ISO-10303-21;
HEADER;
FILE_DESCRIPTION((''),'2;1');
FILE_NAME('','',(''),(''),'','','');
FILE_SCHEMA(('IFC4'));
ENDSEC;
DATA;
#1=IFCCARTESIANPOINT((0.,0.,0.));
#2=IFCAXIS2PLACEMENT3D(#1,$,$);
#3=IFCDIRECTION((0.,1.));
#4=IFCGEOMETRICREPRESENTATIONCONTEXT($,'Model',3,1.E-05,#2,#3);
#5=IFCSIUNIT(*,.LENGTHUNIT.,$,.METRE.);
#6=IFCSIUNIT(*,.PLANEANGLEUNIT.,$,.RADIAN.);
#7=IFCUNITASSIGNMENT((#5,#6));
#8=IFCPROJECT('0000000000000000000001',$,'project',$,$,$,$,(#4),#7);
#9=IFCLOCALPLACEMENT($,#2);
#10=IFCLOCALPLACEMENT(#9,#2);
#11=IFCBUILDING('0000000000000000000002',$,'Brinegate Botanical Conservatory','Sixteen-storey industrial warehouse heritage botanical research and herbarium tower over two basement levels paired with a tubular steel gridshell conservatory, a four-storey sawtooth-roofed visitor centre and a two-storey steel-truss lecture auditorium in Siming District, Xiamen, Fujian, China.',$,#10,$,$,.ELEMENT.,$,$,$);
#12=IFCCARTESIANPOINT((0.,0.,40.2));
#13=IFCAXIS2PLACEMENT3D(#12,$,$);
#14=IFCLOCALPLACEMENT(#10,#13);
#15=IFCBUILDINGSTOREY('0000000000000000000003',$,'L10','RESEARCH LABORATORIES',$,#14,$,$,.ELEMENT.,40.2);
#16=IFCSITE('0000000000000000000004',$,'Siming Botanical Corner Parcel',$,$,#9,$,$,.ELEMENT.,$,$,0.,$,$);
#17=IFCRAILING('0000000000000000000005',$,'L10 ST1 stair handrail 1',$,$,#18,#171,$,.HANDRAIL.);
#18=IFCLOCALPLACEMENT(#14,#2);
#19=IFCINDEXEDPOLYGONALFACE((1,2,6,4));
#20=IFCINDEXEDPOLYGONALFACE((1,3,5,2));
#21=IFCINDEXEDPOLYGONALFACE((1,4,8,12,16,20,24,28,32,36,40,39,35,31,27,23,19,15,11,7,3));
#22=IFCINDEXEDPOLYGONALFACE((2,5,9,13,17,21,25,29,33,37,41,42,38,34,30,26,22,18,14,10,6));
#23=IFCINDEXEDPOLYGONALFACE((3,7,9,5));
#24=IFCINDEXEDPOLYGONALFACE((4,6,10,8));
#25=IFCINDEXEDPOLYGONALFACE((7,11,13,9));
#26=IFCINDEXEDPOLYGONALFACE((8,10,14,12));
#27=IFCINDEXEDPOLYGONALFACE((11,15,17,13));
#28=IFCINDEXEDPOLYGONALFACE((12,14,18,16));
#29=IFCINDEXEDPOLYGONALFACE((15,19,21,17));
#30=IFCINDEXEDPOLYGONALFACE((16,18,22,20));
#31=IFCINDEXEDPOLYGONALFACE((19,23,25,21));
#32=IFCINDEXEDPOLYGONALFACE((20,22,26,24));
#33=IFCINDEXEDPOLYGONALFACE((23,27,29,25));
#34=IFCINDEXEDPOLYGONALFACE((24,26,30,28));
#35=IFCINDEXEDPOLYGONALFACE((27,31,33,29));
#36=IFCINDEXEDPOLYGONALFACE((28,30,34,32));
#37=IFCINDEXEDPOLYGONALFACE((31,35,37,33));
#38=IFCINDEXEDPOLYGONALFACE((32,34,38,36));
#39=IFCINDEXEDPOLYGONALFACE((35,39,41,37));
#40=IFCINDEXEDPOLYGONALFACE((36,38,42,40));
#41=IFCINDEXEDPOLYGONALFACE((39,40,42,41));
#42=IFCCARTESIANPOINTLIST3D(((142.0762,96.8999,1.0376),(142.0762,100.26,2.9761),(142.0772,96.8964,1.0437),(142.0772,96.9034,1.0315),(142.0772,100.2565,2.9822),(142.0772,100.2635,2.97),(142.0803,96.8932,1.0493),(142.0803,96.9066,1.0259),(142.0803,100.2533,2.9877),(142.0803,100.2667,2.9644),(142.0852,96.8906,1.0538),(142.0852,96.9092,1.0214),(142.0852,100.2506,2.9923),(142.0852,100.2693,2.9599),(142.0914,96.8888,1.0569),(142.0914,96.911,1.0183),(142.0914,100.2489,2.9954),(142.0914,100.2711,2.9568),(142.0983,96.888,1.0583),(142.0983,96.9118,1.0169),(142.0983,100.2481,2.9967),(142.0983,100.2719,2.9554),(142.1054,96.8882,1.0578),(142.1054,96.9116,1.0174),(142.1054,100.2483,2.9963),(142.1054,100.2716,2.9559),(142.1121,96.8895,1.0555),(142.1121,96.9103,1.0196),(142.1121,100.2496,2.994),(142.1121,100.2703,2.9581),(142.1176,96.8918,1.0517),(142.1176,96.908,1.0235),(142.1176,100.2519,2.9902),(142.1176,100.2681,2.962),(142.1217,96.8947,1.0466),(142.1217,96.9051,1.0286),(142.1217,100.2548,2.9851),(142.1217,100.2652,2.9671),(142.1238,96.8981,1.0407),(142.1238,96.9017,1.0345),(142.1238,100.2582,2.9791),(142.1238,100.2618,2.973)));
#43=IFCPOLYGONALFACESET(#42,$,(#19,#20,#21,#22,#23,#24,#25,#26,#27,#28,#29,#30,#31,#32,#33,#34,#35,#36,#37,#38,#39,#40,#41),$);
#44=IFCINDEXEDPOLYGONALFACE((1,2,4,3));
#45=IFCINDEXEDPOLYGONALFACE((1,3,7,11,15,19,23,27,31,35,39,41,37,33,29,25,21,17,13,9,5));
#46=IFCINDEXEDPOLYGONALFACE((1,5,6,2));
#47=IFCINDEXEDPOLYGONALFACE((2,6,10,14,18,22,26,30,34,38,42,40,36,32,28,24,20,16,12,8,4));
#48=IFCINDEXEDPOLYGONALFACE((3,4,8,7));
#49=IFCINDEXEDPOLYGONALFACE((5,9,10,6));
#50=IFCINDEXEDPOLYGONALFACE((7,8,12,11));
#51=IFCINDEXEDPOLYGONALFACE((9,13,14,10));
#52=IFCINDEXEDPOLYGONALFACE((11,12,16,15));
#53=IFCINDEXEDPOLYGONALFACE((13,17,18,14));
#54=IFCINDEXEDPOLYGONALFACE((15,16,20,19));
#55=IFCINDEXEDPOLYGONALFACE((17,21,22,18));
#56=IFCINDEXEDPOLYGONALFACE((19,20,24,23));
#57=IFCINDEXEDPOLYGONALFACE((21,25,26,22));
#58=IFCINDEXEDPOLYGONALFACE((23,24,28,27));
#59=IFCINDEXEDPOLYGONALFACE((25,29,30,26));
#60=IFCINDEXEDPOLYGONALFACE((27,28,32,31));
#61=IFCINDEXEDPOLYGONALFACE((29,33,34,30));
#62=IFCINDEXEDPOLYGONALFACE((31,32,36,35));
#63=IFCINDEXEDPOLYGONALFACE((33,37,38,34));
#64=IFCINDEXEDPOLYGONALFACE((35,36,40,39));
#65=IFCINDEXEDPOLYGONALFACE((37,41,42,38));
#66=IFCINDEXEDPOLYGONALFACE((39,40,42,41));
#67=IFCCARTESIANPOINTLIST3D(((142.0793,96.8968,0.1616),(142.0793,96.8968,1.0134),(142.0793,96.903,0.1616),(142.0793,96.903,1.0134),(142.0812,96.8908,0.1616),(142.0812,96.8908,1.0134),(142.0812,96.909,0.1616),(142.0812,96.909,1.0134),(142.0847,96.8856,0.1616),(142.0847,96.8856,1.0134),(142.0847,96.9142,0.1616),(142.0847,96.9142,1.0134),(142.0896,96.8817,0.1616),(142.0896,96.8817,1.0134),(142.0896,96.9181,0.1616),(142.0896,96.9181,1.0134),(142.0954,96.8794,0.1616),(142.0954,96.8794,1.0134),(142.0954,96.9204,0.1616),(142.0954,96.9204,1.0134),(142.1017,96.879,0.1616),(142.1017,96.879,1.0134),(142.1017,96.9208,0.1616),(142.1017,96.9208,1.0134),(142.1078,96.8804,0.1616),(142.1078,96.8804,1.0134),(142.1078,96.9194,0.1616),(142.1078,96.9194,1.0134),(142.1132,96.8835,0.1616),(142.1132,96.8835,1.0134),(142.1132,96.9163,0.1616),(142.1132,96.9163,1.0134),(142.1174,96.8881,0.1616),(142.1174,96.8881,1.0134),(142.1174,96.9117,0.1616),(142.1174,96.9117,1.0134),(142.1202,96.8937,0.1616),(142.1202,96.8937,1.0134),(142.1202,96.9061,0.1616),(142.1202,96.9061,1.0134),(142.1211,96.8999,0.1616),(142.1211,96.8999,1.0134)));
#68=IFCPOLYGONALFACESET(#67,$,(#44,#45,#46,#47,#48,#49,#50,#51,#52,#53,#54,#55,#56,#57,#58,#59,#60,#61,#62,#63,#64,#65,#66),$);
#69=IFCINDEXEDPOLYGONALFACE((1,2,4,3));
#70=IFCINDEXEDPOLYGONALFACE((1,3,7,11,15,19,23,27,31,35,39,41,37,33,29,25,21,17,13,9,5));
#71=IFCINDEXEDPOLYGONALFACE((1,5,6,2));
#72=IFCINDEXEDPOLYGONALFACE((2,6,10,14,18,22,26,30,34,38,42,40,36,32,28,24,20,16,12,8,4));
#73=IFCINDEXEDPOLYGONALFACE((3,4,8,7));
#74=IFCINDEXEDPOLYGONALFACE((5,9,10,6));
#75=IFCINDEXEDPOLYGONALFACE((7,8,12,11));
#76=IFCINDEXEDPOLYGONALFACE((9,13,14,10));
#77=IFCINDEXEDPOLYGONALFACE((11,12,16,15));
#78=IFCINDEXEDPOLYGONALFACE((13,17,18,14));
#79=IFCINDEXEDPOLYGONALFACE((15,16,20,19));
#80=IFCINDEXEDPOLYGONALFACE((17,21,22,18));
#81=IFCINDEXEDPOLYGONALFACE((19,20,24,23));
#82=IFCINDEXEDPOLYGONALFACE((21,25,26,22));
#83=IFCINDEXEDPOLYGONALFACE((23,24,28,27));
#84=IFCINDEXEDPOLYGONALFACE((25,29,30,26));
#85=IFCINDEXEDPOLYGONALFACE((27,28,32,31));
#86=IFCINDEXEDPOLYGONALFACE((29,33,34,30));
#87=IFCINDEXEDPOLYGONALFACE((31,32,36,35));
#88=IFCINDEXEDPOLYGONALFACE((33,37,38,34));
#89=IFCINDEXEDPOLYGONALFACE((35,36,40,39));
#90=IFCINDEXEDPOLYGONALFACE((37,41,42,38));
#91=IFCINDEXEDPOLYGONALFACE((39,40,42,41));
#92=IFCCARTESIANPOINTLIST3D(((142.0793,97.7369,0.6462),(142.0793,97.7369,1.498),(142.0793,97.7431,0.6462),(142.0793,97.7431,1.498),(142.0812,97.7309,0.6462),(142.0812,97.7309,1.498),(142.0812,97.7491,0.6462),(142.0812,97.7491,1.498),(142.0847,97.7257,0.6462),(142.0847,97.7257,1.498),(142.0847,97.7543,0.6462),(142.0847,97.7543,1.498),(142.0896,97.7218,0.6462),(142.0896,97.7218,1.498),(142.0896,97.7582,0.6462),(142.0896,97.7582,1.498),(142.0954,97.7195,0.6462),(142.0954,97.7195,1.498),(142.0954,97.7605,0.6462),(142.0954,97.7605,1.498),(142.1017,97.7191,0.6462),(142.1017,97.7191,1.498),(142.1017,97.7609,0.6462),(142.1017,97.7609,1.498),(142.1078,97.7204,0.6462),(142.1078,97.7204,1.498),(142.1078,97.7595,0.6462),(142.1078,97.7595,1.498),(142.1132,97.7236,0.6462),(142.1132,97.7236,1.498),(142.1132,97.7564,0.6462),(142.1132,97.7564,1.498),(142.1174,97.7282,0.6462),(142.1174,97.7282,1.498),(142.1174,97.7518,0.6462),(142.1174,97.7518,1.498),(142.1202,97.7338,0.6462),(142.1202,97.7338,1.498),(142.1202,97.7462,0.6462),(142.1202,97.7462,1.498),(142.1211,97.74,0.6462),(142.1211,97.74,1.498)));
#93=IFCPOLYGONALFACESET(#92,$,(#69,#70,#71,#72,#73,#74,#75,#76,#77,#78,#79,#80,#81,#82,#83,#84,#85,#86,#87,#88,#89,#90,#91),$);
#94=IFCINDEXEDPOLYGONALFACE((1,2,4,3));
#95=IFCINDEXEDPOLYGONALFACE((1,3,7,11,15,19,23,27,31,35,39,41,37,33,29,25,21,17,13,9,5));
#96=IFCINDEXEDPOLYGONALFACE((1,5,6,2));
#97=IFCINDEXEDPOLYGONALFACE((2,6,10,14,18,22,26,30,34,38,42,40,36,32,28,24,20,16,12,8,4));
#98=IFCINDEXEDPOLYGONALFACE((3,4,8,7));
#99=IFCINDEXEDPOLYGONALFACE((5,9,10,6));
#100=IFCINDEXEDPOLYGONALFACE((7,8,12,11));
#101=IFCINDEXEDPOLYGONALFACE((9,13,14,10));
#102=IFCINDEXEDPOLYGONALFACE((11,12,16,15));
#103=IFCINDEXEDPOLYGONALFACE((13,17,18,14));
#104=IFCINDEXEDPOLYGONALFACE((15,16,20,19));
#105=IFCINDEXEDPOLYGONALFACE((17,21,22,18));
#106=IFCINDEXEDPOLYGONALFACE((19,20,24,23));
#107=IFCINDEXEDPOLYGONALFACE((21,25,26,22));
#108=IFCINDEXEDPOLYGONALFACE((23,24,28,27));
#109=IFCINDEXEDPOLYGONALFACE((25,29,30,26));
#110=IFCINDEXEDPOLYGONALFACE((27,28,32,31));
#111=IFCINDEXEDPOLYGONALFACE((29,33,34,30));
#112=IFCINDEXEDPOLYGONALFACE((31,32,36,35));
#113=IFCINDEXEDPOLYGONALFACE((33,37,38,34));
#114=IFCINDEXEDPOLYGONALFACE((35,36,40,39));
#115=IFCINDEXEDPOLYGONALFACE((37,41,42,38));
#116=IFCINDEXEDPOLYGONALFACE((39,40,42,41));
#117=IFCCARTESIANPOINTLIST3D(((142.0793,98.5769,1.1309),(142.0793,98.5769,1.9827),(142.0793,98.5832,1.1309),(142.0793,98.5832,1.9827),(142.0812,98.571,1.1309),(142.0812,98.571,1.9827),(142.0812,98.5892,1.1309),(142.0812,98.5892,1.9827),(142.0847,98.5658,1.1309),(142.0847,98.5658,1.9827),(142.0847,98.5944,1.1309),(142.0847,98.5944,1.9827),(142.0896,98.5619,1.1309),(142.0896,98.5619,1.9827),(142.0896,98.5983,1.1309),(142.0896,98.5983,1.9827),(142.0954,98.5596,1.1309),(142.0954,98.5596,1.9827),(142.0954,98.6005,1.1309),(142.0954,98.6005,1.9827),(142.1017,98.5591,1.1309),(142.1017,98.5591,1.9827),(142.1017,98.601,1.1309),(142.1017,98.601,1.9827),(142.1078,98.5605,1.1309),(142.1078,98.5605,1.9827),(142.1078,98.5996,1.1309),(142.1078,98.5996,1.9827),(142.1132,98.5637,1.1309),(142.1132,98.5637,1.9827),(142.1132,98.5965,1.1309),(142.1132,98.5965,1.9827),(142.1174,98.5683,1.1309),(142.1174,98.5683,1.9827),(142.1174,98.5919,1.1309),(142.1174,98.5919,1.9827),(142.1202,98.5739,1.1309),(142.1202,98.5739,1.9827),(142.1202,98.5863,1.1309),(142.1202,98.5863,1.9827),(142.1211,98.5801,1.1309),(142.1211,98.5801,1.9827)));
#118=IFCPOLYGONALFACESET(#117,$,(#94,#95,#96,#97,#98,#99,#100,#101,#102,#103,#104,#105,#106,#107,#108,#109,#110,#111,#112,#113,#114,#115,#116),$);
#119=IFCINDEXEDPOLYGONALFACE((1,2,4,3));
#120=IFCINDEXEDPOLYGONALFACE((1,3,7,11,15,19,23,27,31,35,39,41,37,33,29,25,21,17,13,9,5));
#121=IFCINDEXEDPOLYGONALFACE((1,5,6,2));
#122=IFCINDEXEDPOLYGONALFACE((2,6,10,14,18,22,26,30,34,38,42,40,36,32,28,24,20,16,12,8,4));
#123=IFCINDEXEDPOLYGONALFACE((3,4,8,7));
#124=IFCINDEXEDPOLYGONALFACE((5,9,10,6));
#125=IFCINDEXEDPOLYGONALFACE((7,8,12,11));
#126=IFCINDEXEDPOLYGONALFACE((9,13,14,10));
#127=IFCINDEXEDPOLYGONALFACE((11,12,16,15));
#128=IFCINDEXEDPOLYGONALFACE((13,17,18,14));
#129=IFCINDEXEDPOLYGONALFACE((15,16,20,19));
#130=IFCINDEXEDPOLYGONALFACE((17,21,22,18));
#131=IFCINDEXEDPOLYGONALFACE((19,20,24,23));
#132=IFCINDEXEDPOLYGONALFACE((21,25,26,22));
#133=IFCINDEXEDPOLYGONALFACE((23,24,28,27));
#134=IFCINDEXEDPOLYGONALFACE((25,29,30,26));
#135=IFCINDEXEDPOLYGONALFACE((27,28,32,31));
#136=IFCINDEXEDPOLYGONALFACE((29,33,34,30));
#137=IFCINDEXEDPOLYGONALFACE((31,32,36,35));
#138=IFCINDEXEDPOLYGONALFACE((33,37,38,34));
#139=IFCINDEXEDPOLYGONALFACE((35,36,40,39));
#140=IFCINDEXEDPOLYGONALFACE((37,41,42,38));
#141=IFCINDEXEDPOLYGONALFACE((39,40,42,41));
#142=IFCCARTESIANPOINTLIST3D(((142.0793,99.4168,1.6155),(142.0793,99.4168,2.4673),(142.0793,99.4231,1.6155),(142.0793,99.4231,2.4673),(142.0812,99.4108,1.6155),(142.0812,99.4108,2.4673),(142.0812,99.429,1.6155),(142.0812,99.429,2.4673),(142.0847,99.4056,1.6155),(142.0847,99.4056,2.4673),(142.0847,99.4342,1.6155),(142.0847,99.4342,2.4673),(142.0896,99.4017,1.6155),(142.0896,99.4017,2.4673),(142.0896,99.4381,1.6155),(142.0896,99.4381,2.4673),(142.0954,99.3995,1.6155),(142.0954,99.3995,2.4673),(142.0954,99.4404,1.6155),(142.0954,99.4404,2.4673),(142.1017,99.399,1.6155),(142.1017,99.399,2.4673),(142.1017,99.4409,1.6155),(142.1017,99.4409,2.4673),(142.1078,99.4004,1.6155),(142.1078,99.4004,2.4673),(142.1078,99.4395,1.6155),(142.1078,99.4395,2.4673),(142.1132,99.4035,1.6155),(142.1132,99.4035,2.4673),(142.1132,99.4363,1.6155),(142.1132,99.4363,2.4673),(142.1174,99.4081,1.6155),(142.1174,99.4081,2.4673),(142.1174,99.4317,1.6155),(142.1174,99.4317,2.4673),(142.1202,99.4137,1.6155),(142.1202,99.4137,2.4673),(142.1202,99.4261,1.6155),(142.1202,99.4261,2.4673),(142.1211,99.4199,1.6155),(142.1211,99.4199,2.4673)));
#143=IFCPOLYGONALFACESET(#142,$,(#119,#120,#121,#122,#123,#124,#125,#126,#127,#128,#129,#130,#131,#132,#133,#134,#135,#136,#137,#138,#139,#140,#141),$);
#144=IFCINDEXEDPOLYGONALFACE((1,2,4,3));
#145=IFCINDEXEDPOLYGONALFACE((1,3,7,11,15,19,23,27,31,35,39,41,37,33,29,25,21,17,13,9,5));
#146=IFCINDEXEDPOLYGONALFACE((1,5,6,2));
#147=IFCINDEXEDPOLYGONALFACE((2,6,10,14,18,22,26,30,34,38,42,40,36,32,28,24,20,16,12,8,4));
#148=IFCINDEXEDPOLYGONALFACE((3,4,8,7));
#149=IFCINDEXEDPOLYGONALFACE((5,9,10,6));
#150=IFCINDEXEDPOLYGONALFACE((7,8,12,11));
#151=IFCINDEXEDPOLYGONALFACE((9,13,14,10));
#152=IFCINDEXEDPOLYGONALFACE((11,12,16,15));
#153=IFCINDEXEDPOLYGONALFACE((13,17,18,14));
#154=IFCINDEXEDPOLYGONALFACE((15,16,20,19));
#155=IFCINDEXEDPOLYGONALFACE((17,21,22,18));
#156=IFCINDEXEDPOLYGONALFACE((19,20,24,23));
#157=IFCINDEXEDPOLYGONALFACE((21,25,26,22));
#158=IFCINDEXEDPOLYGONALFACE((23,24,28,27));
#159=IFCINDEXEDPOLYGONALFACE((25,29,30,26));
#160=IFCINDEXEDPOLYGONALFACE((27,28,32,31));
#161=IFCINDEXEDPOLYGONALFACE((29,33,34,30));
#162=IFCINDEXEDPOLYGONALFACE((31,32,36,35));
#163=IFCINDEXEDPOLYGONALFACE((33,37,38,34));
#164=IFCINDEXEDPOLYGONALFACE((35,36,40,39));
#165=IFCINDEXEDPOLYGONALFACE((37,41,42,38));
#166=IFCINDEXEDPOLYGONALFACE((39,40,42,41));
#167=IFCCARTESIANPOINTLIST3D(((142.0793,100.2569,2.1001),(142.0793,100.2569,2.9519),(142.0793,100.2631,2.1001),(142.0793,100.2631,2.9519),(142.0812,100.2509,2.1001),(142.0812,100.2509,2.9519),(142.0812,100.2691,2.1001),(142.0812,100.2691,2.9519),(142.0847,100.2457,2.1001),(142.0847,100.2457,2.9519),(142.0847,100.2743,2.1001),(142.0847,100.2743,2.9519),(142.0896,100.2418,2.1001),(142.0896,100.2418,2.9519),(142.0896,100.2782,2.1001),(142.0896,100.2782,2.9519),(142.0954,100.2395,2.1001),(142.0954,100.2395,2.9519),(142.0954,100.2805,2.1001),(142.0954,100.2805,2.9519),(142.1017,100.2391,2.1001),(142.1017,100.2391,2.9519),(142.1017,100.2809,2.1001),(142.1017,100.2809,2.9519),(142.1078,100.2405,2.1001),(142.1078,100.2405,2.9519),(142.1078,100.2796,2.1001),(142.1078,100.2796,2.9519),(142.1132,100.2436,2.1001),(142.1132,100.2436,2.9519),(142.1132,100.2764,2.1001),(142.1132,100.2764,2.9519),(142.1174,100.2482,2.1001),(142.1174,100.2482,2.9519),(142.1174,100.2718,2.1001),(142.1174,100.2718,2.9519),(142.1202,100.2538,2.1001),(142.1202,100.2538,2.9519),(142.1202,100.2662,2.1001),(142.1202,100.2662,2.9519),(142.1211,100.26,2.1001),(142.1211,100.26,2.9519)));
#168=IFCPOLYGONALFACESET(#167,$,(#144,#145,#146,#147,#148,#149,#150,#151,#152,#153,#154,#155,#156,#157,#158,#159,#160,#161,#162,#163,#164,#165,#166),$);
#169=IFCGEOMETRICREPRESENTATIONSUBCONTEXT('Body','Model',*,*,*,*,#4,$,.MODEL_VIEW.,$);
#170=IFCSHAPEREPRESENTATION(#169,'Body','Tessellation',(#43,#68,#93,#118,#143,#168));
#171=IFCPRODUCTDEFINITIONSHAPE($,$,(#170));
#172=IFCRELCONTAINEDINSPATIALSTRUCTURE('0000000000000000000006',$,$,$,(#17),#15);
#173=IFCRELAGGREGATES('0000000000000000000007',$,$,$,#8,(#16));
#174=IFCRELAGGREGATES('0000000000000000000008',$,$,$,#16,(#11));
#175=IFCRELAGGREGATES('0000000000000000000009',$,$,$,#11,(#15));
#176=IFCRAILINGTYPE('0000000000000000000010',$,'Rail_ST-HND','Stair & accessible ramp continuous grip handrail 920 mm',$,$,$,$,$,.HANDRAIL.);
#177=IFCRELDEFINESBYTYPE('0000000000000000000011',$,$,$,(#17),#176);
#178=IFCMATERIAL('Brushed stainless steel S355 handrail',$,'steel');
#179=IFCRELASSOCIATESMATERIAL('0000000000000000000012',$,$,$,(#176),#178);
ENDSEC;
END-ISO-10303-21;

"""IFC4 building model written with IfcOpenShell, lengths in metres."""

from ifc_helpers import new_model, si_unit, direction, frame, origin, origin_2d, place, context, subcontext, project, spatial, circle, extrude, material, type_object, element, save


model = new_model("IFC4")

# Units and contexts
model_context = context("Model", 3, precision=1e-05, world=origin(), true_north=direction((0.0, 1.0)))
body_context = subcontext(model_context, "Body", "Model", "MODEL_VIEW")
ifc_project = project(units=[si_unit("LENGTHUNIT", "METRE"), si_unit("PLANEANGLEUNIT", "RADIAN")], contexts=[model_context])

# Site, building, storey
site_placement = place(None, origin())
site = spatial("IfcSite", under=ifc_project, at=site_placement, Name="Siming Botanical Corner Parcel", CompositionType="ELEMENT", RefElevation=0.0)
building_placement = place(site_placement, origin())
building = spatial("IfcBuilding", under=site, at=building_placement, Name="Brinegate Botanical Conservatory", Description="Sixteen-storey industrial warehouse heritage botanical research and herbarium tower over two basement levels paired with a tubular steel gridshell conservatory, a four-storey sawtooth-roofed visitor centre and a two-storey steel-truss lecture auditorium in Siming District, Xiamen, Fujian, China.", CompositionType="ELEMENT")
storey_placement = place(building_placement, frame((0.0, 0.0, 40.2)))
storey = spatial("IfcBuildingStorey", under=building, at=storey_placement, Name="L10", Description="RESEARCH LABORATORIES", CompositionType="ELEMENT", Elevation=40.2)

# Railing
ifc_material_1 = material(Name="Brushed stainless steel S355 handrail", Category="steel")
railing_type_1 = type_object("IfcRailingType", Name="Rail_ST-HND", Description="Stair & accessible ramp continuous grip handrail 920 mm", PredefinedType="HANDRAIL", material=ifc_material_1)
railing_1_placement = place(storey_placement, frame((142.1001, 96.8999, 0.1616)))
element("IfcRailing", 1, at=railing_1_placement, inside=storey, type_object=railing_type_1, Name="L10 ST1 stair handrail 1", PredefinedType="HANDRAIL", context=body_context, shape_type="SweptSolid", body=[
    extrude(circle(Radius=0.0239, at=origin_2d()), frame((0.0, 0.0, 0.876), z_axis=(0.0, 0.866191, 0.499713), x_axis=(-1.0, 0.0, 0.0)), (0.0, 0.0, 1.0), 3.8792),
    extrude(circle(Radius=0.021, at=origin_2d()), origin(), (0.0, 0.0, 1.0), 0.8518),
    extrude(circle(Radius=0.021, at=origin_2d()), frame((0.0, 0.8401, 0.4846)), (0.0, 0.0, 1.0), 0.8518),
    extrude(circle(Radius=0.021, at=origin_2d()), frame((0.0, 1.6802, 0.9692)), (0.0, 0.0, 1.0), 0.8518),
    extrude(circle(Radius=0.021, at=origin_2d()), frame((0.0, 2.52, 1.4539)), (0.0, 0.0, 1.0), 0.8518),
    extrude(circle(Radius=0.021, at=origin_2d()), frame((0.0, 3.3601, 1.9385)), (0.0, 0.0, 1.0), 0.8518),
])

save(model, "model.ifc")
